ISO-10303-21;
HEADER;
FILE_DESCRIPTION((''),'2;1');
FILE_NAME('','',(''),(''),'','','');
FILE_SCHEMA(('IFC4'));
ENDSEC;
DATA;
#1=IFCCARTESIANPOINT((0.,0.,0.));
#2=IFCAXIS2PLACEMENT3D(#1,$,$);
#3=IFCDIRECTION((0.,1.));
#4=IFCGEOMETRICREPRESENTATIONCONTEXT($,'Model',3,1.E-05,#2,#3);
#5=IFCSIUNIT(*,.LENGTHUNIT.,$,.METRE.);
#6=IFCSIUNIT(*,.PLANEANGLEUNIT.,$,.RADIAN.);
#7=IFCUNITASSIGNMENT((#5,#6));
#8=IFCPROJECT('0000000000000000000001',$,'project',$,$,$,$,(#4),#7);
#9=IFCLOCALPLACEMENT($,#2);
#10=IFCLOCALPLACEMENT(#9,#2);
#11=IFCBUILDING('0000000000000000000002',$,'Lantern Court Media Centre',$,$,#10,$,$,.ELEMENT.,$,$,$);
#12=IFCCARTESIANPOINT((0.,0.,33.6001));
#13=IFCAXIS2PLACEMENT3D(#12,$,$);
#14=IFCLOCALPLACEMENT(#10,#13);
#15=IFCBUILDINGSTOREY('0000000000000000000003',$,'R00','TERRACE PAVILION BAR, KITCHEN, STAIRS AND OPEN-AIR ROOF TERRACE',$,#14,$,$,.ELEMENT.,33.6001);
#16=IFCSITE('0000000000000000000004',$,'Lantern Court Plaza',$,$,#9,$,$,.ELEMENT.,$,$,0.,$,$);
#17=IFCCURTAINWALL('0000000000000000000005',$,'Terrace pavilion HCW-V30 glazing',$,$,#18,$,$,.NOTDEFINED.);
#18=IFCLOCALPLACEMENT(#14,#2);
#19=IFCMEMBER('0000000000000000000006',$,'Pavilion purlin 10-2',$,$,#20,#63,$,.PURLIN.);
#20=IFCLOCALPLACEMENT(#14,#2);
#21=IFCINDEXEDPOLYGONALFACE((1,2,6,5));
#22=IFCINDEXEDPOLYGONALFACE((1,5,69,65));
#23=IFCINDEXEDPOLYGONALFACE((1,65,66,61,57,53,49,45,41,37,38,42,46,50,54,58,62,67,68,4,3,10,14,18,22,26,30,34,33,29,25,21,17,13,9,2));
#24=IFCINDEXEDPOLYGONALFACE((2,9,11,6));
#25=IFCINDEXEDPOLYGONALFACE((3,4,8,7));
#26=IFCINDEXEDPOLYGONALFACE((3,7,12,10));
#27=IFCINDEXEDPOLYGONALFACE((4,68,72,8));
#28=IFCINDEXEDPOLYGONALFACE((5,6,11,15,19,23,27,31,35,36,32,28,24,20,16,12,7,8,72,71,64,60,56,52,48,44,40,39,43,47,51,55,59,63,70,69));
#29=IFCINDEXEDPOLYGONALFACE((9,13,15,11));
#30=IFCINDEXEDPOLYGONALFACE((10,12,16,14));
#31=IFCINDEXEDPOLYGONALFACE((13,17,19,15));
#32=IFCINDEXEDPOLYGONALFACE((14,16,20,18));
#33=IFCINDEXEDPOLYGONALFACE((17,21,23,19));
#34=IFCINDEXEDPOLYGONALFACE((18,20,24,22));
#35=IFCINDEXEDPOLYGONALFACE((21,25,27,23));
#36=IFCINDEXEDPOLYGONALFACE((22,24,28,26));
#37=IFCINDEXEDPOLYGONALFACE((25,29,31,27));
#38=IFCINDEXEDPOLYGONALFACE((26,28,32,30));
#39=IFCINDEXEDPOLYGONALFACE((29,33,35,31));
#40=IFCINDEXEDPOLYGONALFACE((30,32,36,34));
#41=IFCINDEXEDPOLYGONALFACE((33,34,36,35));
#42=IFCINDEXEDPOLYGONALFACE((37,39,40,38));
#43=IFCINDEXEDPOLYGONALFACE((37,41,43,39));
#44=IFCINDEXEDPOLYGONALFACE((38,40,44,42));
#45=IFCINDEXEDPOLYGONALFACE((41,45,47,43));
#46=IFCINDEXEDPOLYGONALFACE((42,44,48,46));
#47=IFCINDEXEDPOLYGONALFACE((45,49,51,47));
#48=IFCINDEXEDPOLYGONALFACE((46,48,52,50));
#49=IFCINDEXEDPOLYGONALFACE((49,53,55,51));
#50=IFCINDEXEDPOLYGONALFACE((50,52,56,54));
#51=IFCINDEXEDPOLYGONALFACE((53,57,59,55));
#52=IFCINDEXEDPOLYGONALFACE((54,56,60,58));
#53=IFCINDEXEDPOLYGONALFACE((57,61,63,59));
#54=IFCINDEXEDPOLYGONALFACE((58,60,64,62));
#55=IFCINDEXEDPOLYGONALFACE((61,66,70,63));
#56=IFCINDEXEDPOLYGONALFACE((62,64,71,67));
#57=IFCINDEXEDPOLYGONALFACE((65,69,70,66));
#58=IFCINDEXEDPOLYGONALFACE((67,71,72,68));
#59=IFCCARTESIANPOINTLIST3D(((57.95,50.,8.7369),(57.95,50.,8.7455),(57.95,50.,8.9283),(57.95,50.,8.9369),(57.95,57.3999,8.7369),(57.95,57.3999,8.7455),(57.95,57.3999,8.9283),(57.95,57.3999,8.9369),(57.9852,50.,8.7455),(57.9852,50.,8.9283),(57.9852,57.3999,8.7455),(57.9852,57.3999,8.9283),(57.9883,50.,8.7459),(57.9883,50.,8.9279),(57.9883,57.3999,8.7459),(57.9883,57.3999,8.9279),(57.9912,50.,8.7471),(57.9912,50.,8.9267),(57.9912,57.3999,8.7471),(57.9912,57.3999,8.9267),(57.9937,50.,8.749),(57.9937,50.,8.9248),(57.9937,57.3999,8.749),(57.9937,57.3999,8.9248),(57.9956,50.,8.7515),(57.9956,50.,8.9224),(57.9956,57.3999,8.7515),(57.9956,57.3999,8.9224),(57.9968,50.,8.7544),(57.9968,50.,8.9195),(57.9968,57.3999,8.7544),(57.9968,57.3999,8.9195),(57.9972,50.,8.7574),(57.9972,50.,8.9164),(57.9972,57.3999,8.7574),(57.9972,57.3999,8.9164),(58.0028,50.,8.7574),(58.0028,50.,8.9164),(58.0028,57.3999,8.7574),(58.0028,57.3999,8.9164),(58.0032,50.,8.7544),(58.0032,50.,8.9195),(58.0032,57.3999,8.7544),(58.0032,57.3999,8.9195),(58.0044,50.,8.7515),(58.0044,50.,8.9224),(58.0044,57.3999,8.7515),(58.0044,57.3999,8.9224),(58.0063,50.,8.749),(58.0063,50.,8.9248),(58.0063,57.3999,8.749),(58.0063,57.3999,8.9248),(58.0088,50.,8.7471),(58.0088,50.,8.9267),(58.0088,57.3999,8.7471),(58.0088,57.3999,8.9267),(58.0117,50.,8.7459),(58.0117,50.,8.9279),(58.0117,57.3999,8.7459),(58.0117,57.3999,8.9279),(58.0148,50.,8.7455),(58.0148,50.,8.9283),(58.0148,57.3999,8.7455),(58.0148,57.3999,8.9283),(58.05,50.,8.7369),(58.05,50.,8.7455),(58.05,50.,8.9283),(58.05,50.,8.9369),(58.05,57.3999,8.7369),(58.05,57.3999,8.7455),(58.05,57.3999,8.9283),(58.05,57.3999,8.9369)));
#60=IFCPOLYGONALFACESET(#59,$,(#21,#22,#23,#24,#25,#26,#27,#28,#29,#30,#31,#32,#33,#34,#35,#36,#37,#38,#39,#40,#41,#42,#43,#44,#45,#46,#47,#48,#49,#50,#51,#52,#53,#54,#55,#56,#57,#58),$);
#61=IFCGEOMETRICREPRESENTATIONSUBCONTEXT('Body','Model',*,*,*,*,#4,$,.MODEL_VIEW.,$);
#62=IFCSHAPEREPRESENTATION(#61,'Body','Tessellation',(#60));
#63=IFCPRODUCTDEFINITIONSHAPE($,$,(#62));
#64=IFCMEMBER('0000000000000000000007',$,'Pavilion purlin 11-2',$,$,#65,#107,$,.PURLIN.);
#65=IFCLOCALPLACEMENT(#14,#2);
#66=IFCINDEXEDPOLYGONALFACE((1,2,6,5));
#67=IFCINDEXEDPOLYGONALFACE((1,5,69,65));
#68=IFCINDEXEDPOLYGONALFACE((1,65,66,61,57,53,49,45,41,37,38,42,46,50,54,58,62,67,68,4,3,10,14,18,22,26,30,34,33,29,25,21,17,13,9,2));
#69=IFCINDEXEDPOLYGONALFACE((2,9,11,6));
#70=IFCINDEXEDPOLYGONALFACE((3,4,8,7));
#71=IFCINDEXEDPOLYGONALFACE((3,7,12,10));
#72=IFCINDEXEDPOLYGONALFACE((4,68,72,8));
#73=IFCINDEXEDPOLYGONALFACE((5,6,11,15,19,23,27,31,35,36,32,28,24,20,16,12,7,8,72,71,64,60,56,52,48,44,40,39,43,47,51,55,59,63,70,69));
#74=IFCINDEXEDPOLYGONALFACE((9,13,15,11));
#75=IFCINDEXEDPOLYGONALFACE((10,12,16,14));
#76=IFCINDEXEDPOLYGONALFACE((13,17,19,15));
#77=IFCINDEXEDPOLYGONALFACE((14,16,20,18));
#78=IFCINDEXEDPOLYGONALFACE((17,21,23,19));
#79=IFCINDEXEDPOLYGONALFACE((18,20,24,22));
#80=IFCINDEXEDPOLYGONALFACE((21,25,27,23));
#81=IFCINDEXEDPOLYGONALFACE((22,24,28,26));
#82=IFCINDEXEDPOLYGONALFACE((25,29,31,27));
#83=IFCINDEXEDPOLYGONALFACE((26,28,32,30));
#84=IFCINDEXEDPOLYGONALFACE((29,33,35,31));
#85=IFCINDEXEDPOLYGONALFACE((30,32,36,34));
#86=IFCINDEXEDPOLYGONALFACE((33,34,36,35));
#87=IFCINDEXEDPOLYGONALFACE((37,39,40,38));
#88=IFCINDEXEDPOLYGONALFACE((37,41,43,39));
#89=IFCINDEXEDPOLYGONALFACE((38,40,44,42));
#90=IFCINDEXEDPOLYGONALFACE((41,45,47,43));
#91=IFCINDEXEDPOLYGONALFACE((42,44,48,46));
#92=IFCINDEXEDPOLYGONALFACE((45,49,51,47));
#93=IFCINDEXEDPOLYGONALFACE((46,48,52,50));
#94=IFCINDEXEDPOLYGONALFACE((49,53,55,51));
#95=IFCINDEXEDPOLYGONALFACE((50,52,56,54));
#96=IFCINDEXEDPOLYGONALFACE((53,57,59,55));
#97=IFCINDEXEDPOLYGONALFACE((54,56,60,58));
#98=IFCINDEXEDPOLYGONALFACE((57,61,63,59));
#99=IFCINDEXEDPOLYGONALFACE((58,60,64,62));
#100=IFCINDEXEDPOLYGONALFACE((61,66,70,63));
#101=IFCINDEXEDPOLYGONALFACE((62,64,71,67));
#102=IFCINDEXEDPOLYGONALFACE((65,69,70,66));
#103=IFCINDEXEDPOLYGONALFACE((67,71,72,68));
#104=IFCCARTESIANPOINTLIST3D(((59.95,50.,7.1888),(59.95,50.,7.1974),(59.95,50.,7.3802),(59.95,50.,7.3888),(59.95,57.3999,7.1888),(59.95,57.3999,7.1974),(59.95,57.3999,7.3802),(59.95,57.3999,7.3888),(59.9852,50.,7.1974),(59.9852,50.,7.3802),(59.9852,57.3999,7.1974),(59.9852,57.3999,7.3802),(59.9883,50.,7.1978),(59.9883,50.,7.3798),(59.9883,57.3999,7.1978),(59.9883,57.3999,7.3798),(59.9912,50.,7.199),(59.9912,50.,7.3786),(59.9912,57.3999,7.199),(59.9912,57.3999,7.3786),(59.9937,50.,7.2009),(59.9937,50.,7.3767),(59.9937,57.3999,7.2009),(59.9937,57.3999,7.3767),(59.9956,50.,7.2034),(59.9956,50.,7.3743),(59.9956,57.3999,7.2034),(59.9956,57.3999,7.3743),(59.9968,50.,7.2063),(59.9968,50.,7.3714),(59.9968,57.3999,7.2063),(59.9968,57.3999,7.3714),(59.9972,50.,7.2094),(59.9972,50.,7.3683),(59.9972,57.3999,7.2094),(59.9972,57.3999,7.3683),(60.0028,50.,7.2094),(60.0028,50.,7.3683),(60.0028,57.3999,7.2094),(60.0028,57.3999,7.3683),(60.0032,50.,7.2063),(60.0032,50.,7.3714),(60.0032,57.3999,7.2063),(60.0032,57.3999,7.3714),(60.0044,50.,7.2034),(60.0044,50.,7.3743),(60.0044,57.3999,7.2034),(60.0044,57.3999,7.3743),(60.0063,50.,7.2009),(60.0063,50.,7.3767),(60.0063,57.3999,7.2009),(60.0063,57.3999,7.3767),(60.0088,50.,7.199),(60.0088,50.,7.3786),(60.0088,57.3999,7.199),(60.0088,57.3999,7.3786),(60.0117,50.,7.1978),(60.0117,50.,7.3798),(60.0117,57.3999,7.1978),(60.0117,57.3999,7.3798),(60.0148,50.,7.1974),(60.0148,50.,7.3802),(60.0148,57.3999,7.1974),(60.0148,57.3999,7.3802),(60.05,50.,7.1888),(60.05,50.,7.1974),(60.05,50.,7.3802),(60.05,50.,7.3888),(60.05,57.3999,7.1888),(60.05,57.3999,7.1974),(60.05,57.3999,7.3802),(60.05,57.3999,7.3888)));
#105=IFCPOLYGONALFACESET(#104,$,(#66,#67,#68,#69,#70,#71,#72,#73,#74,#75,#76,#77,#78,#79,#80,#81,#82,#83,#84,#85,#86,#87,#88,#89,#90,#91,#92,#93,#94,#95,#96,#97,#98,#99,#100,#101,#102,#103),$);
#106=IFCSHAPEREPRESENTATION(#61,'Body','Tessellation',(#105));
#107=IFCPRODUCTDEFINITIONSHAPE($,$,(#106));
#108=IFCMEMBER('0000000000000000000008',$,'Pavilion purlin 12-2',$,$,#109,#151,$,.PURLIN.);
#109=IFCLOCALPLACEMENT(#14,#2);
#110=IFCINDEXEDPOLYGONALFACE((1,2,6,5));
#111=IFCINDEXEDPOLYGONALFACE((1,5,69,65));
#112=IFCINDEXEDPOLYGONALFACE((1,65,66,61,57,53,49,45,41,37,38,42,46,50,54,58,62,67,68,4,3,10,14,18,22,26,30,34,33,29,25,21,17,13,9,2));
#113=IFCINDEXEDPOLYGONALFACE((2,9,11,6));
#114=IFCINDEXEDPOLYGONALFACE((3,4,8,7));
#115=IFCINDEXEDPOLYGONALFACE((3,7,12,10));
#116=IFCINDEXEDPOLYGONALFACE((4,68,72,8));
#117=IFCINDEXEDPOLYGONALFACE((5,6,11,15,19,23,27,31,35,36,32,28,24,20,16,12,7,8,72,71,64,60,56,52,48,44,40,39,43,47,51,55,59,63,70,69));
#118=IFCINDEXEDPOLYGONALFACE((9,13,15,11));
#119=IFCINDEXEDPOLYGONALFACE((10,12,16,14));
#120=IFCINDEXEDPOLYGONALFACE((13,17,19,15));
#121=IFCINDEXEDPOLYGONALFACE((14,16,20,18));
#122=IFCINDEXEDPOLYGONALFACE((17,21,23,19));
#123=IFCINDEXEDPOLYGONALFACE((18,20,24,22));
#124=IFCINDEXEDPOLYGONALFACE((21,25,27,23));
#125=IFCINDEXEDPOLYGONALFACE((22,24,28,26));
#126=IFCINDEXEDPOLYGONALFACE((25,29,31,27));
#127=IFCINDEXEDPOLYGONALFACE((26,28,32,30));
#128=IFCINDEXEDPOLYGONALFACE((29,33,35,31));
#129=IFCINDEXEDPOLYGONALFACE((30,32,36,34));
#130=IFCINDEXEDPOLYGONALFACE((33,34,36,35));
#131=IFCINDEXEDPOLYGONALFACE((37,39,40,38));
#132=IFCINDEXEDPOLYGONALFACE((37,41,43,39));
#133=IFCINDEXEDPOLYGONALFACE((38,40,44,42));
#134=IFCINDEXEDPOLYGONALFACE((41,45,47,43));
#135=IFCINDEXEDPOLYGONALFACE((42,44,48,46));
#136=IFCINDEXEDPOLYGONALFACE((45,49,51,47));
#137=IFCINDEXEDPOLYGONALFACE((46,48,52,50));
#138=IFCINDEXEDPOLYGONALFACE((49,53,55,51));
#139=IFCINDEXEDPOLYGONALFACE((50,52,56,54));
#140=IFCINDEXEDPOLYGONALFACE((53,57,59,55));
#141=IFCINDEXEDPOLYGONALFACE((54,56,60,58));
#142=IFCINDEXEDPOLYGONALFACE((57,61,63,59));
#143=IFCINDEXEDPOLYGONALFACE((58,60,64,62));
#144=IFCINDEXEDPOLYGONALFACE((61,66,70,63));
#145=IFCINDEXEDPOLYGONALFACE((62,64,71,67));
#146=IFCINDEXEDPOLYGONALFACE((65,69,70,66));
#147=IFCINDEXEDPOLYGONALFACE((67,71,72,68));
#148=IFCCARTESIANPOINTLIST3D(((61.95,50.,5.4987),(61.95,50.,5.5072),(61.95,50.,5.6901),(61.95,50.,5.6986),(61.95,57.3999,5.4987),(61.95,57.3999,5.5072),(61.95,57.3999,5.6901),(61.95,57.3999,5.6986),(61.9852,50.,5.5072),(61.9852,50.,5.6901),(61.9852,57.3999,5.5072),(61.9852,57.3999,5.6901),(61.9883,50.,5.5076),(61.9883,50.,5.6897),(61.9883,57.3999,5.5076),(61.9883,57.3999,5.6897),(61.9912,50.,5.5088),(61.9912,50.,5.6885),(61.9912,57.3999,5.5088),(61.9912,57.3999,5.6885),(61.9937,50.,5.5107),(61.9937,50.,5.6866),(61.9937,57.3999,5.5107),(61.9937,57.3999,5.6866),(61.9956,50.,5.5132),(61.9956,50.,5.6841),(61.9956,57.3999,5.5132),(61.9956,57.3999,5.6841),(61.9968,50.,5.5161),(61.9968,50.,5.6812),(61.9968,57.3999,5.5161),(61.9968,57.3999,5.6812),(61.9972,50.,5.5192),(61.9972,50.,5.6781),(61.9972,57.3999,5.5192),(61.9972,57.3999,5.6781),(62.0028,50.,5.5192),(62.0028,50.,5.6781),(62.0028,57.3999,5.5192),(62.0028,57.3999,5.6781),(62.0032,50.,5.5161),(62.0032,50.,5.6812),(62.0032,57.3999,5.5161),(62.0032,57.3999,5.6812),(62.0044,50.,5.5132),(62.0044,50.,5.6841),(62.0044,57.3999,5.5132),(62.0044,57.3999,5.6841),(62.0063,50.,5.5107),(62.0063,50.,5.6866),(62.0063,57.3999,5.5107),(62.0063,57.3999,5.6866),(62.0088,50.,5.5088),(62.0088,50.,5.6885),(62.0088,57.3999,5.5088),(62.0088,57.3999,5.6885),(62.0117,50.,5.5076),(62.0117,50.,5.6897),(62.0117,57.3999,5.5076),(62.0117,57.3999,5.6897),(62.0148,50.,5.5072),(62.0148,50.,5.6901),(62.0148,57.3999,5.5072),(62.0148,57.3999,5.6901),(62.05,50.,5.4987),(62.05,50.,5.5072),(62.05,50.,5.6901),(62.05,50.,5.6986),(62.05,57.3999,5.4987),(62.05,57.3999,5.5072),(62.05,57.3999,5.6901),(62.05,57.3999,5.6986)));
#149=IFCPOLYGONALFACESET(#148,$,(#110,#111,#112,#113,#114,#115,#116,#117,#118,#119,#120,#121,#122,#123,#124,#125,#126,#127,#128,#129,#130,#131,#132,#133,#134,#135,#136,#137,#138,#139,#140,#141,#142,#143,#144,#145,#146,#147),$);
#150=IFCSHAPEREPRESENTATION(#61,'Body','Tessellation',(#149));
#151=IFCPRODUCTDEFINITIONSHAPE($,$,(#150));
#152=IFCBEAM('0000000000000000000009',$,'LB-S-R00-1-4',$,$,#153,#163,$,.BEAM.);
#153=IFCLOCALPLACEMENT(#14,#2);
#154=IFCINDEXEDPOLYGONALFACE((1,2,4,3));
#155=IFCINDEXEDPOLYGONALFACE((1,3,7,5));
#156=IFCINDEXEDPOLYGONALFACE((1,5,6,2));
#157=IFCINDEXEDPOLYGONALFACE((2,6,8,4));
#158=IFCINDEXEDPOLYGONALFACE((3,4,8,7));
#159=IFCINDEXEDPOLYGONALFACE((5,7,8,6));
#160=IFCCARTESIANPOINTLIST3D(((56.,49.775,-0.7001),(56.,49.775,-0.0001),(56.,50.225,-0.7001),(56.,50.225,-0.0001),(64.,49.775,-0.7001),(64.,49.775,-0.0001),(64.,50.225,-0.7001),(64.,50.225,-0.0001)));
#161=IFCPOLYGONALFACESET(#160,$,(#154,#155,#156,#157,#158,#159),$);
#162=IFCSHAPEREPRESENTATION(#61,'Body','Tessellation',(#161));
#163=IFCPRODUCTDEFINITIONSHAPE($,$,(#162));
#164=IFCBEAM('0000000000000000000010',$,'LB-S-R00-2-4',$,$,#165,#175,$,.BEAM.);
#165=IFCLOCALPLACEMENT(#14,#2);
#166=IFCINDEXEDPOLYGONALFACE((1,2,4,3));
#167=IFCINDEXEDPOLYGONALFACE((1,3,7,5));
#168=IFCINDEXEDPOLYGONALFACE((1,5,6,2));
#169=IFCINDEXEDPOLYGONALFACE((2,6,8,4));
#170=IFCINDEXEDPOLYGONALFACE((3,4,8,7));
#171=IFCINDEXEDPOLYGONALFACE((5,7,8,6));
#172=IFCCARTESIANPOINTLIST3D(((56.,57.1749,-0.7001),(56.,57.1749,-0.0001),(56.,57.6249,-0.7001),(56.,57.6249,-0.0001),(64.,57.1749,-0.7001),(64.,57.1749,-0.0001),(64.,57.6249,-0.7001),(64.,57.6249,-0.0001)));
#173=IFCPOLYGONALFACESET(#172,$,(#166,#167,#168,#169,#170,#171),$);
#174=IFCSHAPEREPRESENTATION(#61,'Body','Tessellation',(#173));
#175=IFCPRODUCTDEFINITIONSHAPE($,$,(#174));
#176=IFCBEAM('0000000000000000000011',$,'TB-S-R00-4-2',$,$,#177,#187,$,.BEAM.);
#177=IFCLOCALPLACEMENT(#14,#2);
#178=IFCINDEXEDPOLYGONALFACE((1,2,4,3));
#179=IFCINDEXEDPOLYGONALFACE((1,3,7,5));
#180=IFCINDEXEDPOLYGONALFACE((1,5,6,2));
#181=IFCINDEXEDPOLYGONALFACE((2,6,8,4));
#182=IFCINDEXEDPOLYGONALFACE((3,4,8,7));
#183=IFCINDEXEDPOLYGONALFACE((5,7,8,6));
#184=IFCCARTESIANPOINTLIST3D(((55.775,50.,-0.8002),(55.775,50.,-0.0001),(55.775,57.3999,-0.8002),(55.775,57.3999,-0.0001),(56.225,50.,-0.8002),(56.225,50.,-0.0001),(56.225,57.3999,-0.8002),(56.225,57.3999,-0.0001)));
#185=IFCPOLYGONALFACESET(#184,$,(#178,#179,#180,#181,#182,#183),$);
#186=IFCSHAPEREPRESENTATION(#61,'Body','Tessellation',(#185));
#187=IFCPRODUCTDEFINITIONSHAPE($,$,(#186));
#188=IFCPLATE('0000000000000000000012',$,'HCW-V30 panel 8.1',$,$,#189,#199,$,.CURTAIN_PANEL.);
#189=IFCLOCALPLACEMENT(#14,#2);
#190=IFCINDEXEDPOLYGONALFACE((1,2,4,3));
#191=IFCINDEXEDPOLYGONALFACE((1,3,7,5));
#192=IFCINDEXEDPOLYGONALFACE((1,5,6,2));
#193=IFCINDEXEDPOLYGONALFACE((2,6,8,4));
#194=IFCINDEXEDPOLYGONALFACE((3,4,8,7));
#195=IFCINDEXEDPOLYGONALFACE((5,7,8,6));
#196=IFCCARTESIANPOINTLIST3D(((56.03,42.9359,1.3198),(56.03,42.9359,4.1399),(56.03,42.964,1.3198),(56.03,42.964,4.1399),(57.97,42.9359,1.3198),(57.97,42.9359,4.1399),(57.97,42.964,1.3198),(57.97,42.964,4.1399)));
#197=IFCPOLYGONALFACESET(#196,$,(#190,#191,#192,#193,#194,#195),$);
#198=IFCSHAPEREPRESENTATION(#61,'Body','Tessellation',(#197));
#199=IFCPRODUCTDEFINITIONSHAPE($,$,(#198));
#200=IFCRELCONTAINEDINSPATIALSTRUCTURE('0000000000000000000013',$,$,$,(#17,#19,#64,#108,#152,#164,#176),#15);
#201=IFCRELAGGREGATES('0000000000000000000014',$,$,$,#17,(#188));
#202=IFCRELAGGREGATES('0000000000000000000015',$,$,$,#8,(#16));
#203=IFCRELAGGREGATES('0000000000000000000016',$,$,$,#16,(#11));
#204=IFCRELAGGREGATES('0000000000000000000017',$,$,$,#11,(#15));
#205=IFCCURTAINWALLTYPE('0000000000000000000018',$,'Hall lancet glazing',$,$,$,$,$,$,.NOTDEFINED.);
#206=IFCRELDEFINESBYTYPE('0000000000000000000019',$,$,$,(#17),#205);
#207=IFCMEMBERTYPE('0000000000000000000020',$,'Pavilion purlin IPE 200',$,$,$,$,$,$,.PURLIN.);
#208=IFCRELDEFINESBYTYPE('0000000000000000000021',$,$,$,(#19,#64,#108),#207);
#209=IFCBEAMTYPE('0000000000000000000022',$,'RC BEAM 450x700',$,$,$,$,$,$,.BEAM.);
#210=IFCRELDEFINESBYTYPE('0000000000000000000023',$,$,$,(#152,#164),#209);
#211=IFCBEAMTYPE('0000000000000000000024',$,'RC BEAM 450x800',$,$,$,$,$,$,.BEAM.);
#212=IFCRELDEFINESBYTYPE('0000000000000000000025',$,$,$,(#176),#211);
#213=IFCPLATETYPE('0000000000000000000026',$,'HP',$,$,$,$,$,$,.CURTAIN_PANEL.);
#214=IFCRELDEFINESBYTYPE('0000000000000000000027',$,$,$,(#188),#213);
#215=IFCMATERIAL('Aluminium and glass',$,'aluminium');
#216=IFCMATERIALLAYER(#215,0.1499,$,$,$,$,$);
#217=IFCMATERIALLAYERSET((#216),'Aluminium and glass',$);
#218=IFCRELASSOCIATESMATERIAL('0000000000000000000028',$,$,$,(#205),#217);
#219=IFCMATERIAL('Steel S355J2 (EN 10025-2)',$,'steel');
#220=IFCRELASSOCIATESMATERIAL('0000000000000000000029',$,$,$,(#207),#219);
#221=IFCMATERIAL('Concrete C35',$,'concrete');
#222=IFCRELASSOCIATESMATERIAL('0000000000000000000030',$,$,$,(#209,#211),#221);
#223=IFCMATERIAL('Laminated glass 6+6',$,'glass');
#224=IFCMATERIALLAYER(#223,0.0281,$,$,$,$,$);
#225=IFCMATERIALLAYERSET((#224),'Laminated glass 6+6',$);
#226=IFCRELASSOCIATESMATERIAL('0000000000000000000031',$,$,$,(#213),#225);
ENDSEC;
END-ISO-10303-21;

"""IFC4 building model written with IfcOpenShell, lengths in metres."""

from ifc_helpers import new_model, si_unit, direction, frame, origin, origin_2d, place, context, subcontext, project, spatial, rectangle, i_section, extrude, material, layer, layer_set, material_profile, profile_set, type_object, element, aggregate, save


model = new_model("IFC4")

# Units and contexts
model_context = context("Model", 3, precision=1e-05, world=origin(), true_north=direction((0.0, 1.0)))
body_context = subcontext(model_context, "Body", "Model", "MODEL_VIEW")
ifc_project = project(units=[si_unit("LENGTHUNIT", "METRE"), si_unit("PLANEANGLEUNIT", "RADIAN")], contexts=[model_context])

# Site, building, storey
site_placement = place(None, origin())
site = spatial("IfcSite", under=ifc_project, at=site_placement, Name="Lantern Court Plaza", CompositionType="ELEMENT", RefElevation=0.0)
building_placement = place(site_placement, origin())
building = spatial("IfcBuilding", under=site, at=building_placement, Name="Lantern Court Media Centre", CompositionType="ELEMENT")
storey_placement = place(building_placement, frame((0.0, 0.0, 33.6001)))
storey = spatial("IfcBuildingStorey", under=building, at=storey_placement, Name="R00", Description="TERRACE PAVILION BAR, KITCHEN, STAIRS AND OPEN-AIR ROOF TERRACE", CompositionType="ELEMENT", Elevation=33.6001)

# Curtain wall
ifc_material_1 = material(Name="Aluminium and glass", Category="aluminium")
ifc_layer_1 = layer(ifc_material_1, 0.1499)
ifc_layer_set_1 = layer_set([ifc_layer_1], Name="Aluminium and glass")
curtain_wall_type = type_object("IfcCurtainWallType", Name="Hall lancet glazing", PredefinedType="NOTDEFINED", material=ifc_layer_set_1)
curtain_wall_placement = place(storey_placement, origin())
curtain_wall = element("IfcCurtainWall", 1, at=curtain_wall_placement, inside=storey, type_object=curtain_wall_type, Name="Terrace pavilion HCW-V30 glazing", PredefinedType="NOTDEFINED")

# Members
ifc_material_2 = material(Name="Steel S355J2 (EN 10025-2)", Category="steel")
ifc_material_profile_1 = material_profile(ifc_material_2, i_section(OverallWidth=0.1001, OverallDepth=0.2, WebThickness=0.0056, FlangeThickness=0.0085, FilletRadius=0.012, at=origin_2d()), Name="IPE 200")
ifc_profile_set_1 = profile_set([ifc_material_profile_1], Name="Steel S355J2 (EN 10025-2)")
member_type_1 = type_object("IfcMemberType", Name="Pavilion purlin IPE 200", PredefinedType="PURLIN", material=ifc_profile_set_1)
for number, where, z_axis, x_axis, name in (
    (2, (58.0, 50.0, 8.8369), (0.0, 1.0, 0.0), (-1.0, 0.0, 0.0), "Pavilion purlin 10-2"),
    (3, (60.0, 50.0, 7.2888), (0.0, 1.0, 0.0), (-1.0, 0.0, 0.0), "Pavilion purlin 11-2"),
    (4, (62.0, 50.0, 5.5986), (0.0, 1.0, 0.0), (-1.0, 0.0, 0.0), "Pavilion purlin 12-2"),
):
    element("IfcMember", number, at=place(storey_placement, frame(where, z_axis=z_axis, x_axis=x_axis)), inside=storey, type_object=member_type_1, Name=name, PredefinedType="PURLIN", context=body_context, shape_type="SweptSolid", body=[
        extrude(i_section(OverallWidth=0.1001, OverallDepth=0.2, WebThickness=0.0056, FlangeThickness=0.0085, FilletRadius=0.012, at=origin_2d()), origin(), (0.0, 0.0, 1.0), 7.3999),
    ])

# Beams
ifc_material_3 = material(Name="Concrete C35", Category="concrete")
ifc_material_profile_2 = material_profile(ifc_material_3, rectangle(XDim=0.45, YDim=0.7, at=origin_2d()), Name="RC 450x700")
ifc_profile_set_2 = profile_set([ifc_material_profile_2], Name="Concrete C35")
beam_type_1 = type_object("IfcBeamType", Name="RC BEAM 450x700", PredefinedType="BEAM", material=ifc_profile_set_2)
for number, where, z_axis, x_axis, name in (
    (5, (56.0, 50.0, -0.3501), (1.0, 0.0, 0.0), (0.0, 1.0, 0.0), "LB-S-R00-1-4"),
    (6, (56.0, 57.3999, -0.3501), (1.0, 0.0, 0.0), (0.0, 1.0, 0.0), "LB-S-R00-2-4"),
):
    element("IfcBeam", number, at=place(storey_placement, frame(where, z_axis=z_axis, x_axis=x_axis)), inside=storey, type_object=beam_type_1, Name=name, PredefinedType="BEAM", context=body_context, shape_type="SweptSolid", body=[
        extrude(rectangle(XDim=0.45, YDim=0.7, at=origin_2d()), origin(), (0.0, 0.0, 1.0), 8.0),
    ])
ifc_material_profile_3 = material_profile(ifc_material_3, rectangle(XDim=0.45, YDim=0.8, at=origin_2d()), Name="RC 450x800")
ifc_profile_set_3 = profile_set([ifc_material_profile_3], Name="Concrete C35")
beam_type_2 = type_object("IfcBeamType", Name="RC BEAM 450x800", PredefinedType="BEAM", material=ifc_profile_set_3)
beam_placement = place(storey_placement, frame((56.0, 50.0, -0.4001), z_axis=(0.0, 1.0, 0.0), x_axis=(-1.0, 0.0, 0.0)))
element("IfcBeam", 7, at=beam_placement, inside=storey, type_object=beam_type_2, Name="TB-S-R00-4-2", PredefinedType="BEAM", context=body_context, shape_type="SweptSolid", body=[
    extrude(rectangle(XDim=0.45, YDim=0.8, at=origin_2d()), origin(), (0.0, 0.0, 1.0), 7.3999),
])

# Plate
ifc_material_4 = material(Name="Laminated glass 6+6", Category="glass")
ifc_layer_2 = layer(ifc_material_4, 0.0281)
ifc_layer_set_2 = layer_set([ifc_layer_2], Name="Laminated glass 6+6")
plate_type = type_object("IfcPlateType", Name="HP", PredefinedType="CURTAIN_PANEL", material=ifc_layer_set_2)
plate_1_placement = place(storey_placement, frame((57.0, 42.95, 1.3198), z_axis=(0.0, 0.0, 1.0), x_axis=(1.0, 0.0, 0.0)))
plate_1 = element("IfcPlate", 8, at=plate_1_placement, type_object=plate_type, Name="HCW-V30 panel 8.1", PredefinedType="CURTAIN_PANEL", context=body_context, shape_type="SweptSolid", body=[
    extrude(rectangle(XDim=1.9399, YDim=0.0281, at=origin_2d()), origin(), (0.0, 0.0, 1.0), 2.8201),
])
aggregate(curtain_wall, [plate_1])

save(model, "model.ifc")
